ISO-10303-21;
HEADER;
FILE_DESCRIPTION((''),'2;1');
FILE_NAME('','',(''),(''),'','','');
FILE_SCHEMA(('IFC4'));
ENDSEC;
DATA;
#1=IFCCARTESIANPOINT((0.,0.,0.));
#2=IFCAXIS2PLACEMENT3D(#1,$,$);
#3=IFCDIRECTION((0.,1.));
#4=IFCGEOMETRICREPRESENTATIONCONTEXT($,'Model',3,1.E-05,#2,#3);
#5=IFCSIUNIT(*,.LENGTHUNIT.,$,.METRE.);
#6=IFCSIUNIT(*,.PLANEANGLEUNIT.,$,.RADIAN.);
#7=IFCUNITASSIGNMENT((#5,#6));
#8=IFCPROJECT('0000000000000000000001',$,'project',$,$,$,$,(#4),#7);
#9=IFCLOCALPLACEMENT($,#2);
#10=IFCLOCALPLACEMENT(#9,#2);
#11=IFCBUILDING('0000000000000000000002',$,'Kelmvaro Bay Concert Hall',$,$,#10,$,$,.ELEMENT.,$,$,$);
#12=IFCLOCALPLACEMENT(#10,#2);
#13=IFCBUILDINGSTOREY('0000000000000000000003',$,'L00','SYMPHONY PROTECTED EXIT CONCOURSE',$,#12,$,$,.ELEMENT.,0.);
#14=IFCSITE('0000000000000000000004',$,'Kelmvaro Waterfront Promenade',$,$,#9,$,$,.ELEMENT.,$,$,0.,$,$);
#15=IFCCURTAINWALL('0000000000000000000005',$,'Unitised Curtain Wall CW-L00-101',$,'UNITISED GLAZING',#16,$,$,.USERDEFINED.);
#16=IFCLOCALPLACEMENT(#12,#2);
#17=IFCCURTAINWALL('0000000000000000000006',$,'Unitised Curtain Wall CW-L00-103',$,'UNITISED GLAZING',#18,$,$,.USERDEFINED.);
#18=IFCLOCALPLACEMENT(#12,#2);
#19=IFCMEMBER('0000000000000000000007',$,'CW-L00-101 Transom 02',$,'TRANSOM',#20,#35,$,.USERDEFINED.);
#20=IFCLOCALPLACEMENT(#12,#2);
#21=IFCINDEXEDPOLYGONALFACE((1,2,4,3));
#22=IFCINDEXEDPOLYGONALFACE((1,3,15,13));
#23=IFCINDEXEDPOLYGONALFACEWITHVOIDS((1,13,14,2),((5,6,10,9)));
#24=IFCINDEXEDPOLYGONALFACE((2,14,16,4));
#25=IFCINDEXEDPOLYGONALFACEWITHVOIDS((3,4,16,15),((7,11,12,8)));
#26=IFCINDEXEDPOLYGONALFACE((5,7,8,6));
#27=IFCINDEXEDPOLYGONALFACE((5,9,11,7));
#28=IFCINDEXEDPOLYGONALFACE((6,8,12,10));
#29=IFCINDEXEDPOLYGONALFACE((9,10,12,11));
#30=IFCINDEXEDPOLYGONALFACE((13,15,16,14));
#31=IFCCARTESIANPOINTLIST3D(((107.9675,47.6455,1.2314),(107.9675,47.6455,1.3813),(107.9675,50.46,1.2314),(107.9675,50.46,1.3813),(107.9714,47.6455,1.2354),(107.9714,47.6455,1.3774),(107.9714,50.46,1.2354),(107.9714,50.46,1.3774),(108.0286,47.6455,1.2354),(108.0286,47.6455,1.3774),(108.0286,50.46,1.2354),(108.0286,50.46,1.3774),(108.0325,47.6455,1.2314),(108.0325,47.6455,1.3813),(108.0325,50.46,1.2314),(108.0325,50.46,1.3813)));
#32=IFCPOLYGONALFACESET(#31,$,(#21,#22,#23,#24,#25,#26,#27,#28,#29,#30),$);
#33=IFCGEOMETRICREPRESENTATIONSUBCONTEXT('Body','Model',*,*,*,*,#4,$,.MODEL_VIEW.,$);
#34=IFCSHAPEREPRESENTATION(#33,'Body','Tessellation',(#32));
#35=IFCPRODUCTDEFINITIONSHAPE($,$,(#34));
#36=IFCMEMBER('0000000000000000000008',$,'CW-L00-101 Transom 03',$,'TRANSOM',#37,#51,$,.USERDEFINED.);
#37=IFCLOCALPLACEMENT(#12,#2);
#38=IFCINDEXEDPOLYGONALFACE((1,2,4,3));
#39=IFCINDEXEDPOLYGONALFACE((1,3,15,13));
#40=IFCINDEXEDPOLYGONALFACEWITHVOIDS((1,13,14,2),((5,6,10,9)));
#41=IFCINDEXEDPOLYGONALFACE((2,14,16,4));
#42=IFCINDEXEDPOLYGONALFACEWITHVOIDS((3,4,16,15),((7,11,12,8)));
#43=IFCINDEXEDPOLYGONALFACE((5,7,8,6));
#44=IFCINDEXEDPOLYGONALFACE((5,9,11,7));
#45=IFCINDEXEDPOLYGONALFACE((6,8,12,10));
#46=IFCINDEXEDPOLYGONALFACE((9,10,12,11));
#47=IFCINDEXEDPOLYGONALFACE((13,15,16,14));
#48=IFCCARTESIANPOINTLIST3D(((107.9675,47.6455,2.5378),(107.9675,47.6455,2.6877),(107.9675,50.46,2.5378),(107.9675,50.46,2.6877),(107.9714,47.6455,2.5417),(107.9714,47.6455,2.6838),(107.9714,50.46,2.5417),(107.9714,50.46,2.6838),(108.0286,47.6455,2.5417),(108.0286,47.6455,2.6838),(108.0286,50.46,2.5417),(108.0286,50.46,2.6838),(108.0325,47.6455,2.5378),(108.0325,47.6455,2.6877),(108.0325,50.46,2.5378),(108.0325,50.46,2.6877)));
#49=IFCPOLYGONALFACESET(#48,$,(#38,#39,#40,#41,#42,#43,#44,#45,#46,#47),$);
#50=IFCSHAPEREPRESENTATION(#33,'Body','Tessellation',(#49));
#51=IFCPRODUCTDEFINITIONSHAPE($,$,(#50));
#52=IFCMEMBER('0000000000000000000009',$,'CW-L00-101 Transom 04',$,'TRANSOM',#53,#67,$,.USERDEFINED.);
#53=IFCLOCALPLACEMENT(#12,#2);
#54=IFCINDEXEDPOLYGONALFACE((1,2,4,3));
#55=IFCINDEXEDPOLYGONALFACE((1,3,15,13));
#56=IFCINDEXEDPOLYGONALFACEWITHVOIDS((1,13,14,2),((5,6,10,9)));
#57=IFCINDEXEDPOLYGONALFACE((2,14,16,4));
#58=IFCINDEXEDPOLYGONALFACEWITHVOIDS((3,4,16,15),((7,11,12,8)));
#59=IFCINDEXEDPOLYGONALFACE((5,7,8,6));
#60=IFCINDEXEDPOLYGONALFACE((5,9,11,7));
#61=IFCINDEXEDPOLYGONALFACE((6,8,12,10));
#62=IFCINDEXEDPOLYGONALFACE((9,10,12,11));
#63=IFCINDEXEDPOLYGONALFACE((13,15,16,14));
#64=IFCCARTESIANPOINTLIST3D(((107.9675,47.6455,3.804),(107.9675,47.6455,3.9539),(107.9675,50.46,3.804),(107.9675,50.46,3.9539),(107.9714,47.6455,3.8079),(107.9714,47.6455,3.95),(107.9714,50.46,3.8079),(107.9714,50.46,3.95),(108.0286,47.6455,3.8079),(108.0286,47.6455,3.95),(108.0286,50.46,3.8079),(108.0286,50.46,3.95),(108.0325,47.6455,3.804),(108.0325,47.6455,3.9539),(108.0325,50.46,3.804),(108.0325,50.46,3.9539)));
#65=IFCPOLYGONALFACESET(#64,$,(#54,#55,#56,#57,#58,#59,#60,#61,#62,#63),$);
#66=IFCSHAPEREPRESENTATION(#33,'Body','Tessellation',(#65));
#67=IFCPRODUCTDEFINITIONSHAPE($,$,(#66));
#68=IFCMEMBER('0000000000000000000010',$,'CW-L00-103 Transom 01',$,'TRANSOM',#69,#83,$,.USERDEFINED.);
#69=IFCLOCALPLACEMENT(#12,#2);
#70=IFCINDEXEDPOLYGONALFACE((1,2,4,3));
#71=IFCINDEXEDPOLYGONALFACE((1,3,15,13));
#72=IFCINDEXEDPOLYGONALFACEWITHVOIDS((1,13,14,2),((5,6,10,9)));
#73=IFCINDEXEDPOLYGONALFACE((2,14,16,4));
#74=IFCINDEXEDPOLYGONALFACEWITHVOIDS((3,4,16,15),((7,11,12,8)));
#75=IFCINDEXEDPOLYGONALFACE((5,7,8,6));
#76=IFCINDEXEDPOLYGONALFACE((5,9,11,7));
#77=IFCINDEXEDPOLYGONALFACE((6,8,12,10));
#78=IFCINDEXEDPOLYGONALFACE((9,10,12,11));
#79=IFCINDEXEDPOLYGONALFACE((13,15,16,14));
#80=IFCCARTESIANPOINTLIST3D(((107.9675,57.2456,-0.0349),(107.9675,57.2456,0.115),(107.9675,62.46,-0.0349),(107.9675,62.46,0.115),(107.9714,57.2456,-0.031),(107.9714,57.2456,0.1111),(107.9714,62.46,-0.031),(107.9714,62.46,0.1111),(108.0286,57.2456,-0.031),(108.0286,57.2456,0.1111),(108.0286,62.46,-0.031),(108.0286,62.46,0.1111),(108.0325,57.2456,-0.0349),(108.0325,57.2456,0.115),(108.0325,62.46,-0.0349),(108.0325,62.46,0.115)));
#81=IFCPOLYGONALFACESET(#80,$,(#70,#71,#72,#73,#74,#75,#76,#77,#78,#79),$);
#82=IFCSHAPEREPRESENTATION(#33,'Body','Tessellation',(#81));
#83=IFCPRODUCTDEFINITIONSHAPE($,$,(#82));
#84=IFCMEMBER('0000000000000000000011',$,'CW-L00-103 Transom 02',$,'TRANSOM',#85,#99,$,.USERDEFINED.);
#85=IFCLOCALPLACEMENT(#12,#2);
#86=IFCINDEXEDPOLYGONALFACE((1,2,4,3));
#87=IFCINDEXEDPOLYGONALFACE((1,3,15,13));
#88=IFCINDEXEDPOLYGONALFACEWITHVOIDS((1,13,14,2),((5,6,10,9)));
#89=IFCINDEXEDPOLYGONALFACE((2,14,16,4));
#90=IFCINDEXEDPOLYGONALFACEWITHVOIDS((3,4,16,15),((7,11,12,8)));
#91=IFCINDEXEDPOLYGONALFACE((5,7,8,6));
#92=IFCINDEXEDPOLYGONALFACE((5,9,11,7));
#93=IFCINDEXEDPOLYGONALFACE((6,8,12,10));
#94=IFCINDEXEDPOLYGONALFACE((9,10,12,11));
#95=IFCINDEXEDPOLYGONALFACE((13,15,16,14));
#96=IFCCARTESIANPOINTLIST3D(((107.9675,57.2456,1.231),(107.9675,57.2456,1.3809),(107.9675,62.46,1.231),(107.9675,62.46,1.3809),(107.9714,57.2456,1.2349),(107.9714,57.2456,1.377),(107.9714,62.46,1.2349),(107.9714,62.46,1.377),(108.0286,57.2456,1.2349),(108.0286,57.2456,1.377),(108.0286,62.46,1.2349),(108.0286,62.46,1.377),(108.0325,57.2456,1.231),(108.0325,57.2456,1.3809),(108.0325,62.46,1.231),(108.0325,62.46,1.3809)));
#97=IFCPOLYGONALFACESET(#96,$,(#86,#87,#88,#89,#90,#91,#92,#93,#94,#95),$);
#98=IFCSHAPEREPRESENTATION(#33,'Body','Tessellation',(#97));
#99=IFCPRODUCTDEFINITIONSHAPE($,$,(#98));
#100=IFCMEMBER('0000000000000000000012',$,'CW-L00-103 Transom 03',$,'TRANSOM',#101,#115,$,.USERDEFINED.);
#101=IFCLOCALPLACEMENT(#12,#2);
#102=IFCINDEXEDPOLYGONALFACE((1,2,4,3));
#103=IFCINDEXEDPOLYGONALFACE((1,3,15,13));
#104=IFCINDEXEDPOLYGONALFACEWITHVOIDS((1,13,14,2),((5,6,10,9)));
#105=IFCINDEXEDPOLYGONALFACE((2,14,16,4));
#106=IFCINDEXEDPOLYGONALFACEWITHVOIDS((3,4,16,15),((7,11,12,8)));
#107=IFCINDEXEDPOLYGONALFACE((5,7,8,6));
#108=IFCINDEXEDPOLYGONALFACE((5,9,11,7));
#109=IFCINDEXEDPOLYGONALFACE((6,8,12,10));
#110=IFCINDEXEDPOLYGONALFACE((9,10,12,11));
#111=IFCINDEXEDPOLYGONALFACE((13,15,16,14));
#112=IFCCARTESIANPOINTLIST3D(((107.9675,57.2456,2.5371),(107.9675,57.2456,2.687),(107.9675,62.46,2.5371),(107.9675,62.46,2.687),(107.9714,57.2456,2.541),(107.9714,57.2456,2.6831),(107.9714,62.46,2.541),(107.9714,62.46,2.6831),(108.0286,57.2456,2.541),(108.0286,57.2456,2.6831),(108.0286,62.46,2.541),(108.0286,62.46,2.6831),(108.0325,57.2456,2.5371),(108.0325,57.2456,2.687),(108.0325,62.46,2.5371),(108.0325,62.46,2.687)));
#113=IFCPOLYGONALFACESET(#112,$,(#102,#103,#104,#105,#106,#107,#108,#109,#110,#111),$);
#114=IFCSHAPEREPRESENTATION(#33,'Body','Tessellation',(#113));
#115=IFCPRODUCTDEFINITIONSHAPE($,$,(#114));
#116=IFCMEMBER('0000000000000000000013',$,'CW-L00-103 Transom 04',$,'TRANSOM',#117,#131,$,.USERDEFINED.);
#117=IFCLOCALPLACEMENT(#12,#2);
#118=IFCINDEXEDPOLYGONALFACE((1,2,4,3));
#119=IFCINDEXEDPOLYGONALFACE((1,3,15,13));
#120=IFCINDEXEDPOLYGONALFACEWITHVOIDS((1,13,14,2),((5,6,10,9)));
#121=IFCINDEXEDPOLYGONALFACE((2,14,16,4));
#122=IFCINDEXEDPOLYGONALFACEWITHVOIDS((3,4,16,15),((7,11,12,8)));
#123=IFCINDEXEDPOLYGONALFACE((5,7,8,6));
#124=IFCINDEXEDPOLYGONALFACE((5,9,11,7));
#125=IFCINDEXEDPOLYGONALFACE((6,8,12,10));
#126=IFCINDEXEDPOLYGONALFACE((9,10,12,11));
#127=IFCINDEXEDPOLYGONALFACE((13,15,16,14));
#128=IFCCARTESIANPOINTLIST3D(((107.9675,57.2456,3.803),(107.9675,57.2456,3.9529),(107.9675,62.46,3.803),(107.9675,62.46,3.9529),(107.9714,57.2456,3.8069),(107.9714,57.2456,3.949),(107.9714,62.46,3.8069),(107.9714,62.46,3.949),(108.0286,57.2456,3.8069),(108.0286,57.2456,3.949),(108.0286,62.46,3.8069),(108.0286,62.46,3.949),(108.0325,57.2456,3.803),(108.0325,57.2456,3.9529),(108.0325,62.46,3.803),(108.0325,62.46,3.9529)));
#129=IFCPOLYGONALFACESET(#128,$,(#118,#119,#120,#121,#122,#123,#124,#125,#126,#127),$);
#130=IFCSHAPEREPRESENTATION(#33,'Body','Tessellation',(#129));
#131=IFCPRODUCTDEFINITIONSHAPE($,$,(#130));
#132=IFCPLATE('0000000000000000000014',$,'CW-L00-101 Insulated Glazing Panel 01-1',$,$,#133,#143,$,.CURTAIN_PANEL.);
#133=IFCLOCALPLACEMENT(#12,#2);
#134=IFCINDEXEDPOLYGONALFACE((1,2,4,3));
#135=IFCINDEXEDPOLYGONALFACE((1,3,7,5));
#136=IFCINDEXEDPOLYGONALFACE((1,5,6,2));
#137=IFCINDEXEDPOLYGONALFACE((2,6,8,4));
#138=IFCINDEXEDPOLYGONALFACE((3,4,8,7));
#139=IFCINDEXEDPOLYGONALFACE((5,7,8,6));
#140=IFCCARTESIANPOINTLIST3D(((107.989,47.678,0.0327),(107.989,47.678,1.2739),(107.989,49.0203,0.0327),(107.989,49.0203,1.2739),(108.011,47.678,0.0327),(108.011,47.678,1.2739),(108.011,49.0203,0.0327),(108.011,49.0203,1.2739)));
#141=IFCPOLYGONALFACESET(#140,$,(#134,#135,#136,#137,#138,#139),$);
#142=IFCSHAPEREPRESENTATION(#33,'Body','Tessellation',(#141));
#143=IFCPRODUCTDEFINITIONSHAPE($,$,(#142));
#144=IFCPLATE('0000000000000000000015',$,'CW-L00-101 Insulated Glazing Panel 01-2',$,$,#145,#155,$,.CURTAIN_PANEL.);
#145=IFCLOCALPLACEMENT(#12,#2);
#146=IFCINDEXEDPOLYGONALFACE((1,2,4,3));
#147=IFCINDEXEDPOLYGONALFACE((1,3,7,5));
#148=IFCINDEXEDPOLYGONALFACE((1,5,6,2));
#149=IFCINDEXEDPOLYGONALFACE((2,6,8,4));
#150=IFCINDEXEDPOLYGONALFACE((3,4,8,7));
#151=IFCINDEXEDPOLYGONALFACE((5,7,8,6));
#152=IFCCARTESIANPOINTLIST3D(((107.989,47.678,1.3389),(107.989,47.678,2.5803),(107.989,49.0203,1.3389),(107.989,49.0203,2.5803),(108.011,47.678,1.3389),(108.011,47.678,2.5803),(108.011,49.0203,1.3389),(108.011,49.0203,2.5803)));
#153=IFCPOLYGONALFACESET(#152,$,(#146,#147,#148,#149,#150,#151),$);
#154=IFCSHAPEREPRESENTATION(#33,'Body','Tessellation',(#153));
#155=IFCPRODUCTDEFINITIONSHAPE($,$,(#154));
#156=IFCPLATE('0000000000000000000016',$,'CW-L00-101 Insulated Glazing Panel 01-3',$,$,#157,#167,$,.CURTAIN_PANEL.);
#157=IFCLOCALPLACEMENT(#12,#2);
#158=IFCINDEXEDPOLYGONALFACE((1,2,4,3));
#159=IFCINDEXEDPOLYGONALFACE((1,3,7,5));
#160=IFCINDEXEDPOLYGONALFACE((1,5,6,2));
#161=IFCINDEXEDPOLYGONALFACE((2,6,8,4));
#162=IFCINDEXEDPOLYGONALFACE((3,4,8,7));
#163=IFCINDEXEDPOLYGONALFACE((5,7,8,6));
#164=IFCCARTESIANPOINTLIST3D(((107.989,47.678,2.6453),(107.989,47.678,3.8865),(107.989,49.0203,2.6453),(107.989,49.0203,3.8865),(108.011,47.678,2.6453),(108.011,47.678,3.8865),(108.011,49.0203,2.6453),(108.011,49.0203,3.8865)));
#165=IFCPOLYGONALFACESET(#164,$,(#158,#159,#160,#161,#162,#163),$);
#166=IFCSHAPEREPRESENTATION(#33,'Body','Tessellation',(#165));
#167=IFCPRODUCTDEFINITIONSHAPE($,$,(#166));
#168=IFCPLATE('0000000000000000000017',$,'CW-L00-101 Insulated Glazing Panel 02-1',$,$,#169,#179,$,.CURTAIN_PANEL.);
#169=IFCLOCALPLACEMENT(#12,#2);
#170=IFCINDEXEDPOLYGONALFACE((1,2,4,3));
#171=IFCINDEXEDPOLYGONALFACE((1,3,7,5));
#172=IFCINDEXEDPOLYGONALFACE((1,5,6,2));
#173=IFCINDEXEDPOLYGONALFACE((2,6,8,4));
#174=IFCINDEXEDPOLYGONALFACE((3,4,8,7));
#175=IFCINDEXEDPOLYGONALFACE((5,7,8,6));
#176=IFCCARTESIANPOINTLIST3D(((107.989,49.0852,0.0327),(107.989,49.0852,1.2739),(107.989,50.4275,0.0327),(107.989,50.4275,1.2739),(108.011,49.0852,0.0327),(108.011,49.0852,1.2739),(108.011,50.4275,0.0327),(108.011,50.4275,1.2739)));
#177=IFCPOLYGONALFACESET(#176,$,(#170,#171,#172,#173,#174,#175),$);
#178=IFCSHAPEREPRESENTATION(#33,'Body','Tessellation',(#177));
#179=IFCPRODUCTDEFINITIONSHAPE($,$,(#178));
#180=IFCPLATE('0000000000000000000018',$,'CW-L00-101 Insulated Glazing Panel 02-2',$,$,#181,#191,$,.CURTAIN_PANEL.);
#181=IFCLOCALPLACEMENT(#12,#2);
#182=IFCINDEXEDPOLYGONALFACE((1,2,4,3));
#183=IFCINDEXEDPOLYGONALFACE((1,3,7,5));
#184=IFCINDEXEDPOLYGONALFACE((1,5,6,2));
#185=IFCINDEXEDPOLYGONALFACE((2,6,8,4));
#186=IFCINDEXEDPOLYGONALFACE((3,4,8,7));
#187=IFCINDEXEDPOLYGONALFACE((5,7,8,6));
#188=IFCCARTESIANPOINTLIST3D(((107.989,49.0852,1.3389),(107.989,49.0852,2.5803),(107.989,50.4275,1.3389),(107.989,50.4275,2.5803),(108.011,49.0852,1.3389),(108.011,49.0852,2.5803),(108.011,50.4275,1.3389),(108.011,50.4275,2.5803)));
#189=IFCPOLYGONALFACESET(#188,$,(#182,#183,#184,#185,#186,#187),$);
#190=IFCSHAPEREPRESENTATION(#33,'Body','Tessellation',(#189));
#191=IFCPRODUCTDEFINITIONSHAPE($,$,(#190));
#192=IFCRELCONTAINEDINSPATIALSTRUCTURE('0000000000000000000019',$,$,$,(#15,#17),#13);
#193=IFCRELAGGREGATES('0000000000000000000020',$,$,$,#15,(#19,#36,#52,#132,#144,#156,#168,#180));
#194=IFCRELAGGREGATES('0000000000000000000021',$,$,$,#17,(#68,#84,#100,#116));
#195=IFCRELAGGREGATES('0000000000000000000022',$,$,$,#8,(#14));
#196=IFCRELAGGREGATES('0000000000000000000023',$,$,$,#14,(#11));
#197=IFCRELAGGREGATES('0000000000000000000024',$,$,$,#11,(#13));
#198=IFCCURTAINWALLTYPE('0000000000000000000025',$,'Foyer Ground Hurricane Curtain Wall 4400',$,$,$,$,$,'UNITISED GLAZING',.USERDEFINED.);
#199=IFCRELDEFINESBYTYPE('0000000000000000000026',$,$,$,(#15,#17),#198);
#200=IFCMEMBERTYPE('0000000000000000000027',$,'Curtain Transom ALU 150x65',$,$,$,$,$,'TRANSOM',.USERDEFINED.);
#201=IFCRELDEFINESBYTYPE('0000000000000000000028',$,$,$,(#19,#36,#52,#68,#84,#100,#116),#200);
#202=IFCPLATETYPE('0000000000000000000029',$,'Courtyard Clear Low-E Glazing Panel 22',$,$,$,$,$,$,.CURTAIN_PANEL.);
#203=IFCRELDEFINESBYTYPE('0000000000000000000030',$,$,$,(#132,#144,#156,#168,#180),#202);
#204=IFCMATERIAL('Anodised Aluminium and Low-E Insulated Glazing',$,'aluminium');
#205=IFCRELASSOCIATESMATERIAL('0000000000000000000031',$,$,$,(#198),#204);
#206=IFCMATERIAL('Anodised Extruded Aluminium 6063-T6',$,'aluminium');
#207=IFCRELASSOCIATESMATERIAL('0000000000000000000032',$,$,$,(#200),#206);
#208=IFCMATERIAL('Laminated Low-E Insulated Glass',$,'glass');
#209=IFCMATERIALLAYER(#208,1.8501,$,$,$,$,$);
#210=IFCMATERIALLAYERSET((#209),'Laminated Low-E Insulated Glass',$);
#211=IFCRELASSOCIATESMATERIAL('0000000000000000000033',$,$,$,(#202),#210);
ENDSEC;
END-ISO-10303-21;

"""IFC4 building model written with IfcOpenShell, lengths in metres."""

from ifc_helpers import new_model, si_unit, direction, frame, origin, origin_2d, place, context, subcontext, project, spatial, rectangle, hollow_rectangle, extrude, material, layer, layer_set, material_profile, profile_set, type_object, element, aggregate, save


model = new_model("IFC4")

# Units and contexts
model_context = context("Model", 3, precision=1e-05, world=origin(), true_north=direction((0.0, 1.0)))
body_context = subcontext(model_context, "Body", "Model", "MODEL_VIEW")
ifc_project = project(units=[si_unit("LENGTHUNIT", "METRE"), si_unit("PLANEANGLEUNIT", "RADIAN")], contexts=[model_context])

# Site, building, storey
site_placement = place(None, origin())
site = spatial("IfcSite", under=ifc_project, at=site_placement, Name="Kelmvaro Waterfront Promenade", CompositionType="ELEMENT", RefElevation=0.0)
building_placement = place(site_placement, origin())
building = spatial("IfcBuilding", under=site, at=building_placement, Name="Kelmvaro Bay Concert Hall", CompositionType="ELEMENT")
storey_placement = place(building_placement, origin())
storey = spatial("IfcBuildingStorey", under=building, at=storey_placement, Name="L00", Description="SYMPHONY PROTECTED EXIT CONCOURSE", CompositionType="ELEMENT", Elevation=0.0)

# Curtain walls
ifc_material_1 = material(Name="Anodised Aluminium and Low-E Insulated Glazing", Category="aluminium")
curtain_wall_type = type_object("IfcCurtainWallType", Name="Foyer Ground Hurricane Curtain Wall 4400", ElementType="UNITISED GLAZING", PredefinedType="USERDEFINED", material=ifc_material_1)
curtain_wall_1_placement = place(storey_placement, origin())
curtain_wall_1 = element("IfcCurtainWall", 1, at=curtain_wall_1_placement, inside=storey, type_object=curtain_wall_type, Name="Unitised Curtain Wall CW-L00-101", ObjectType="UNITISED GLAZING", PredefinedType="USERDEFINED")
curtain_wall_2_placement = place(storey_placement, origin())
curtain_wall_2 = element("IfcCurtainWall", 2, at=curtain_wall_2_placement, inside=storey, type_object=curtain_wall_type, Name="Unitised Curtain Wall CW-L00-103", ObjectType="UNITISED GLAZING", PredefinedType="USERDEFINED")

# Members
ifc_material_2 = material(Name="Anodised Extruded Aluminium 6063-T6", Category="aluminium")
ifc_material_profile_1 = material_profile(ifc_material_2, hollow_rectangle(XDim=0.0649, YDim=0.1499, WallThickness=0.0039, at=origin_2d()), Name="ALU-TRN-150X65")
ifc_profile_set_1 = profile_set([ifc_material_profile_1], Name="Anodised Extruded Aluminium 6063-T6")
member_type_1 = type_object("IfcMemberType", Name="Curtain Transom ALU 150x65", ElementType="TRANSOM", PredefinedType="USERDEFINED", material=ifc_profile_set_1)
member_1_placement = place(storey_placement, frame((108.0, 47.6455, 1.3064), z_axis=(0.0, 1.0, 0.0), x_axis=(-1.0, 0.0, 0.0)))
member_1 = element("IfcMember", 3, at=member_1_placement, type_object=member_type_1, Name="CW-L00-101 Transom 02", ObjectType="TRANSOM", PredefinedType="USERDEFINED", context=body_context, shape_type="SweptSolid", body=[
    extrude(hollow_rectangle(XDim=0.0649, YDim=0.1499, WallThickness=0.0039, at=origin_2d()), origin(), (0.0, 0.0, 1.0), 2.8145),
])
member_2_placement = place(storey_placement, frame((108.0, 47.6455, 2.6128), z_axis=(0.0, 1.0, 0.0), x_axis=(-1.0, 0.0, 0.0)))
member_2 = element("IfcMember", 4, at=member_2_placement, type_object=member_type_1, Name="CW-L00-101 Transom 03", ObjectType="TRANSOM", PredefinedType="USERDEFINED", context=body_context, shape_type="SweptSolid", body=[
    extrude(hollow_rectangle(XDim=0.0649, YDim=0.1499, WallThickness=0.0039, at=origin_2d()), origin(), (0.0, 0.0, 1.0), 2.8145),
])
member_3_placement = place(storey_placement, frame((108.0, 47.6455, 3.8789), z_axis=(0.0, 1.0, 0.0), x_axis=(-1.0, 0.0, 0.0)))
member_3 = element("IfcMember", 5, at=member_3_placement, type_object=member_type_1, Name="CW-L00-101 Transom 04", ObjectType="TRANSOM", PredefinedType="USERDEFINED", context=body_context, shape_type="SweptSolid", body=[
    extrude(hollow_rectangle(XDim=0.0649, YDim=0.1499, WallThickness=0.0039, at=origin_2d()), origin(), (0.0, 0.0, 1.0), 2.8145),
])
member_4_placement = place(storey_placement, frame((108.0, 57.2456, 0.04), z_axis=(0.0, 1.0, 0.0), x_axis=(-1.0, 0.0, 0.0)))
member_4 = element("IfcMember", 6, at=member_4_placement, type_object=member_type_1, Name="CW-L00-103 Transom 01", ObjectType="TRANSOM", PredefinedType="USERDEFINED", context=body_context, shape_type="SweptSolid", body=[
    extrude(hollow_rectangle(XDim=0.0649, YDim=0.1499, WallThickness=0.0039, at=origin_2d()), origin(), (0.0, 0.0, 1.0), 5.2144),
])
member_5_placement = place(storey_placement, frame((108.0, 57.2456, 1.3059), z_axis=(0.0, 1.0, 0.0), x_axis=(-1.0, 0.0, 0.0)))
member_5 = element("IfcMember", 7, at=member_5_placement, type_object=member_type_1, Name="CW-L00-103 Transom 02", ObjectType="TRANSOM", PredefinedType="USERDEFINED", context=body_context, shape_type="SweptSolid", body=[
    extrude(hollow_rectangle(XDim=0.0649, YDim=0.1499, WallThickness=0.0039, at=origin_2d()), origin(), (0.0, 0.0, 1.0), 5.2144),
])
member_6_placement = place(storey_placement, frame((108.0, 57.2456, 2.6121), z_axis=(0.0, 1.0, 0.0), x_axis=(-1.0, 0.0, 0.0)))
member_6 = element("IfcMember", 8, at=member_6_placement, type_object=member_type_1, Name="CW-L00-103 Transom 03", ObjectType="TRANSOM", PredefinedType="USERDEFINED", context=body_context, shape_type="SweptSolid", body=[
    extrude(hollow_rectangle(XDim=0.0649, YDim=0.1499, WallThickness=0.0039, at=origin_2d()), origin(), (0.0, 0.0, 1.0), 5.2144),
])
member_7_placement = place(storey_placement, frame((108.0, 57.2456, 3.8779), z_axis=(0.0, 1.0, 0.0), x_axis=(-1.0, 0.0, 0.0)))
member_7 = element("IfcMember", 9, at=member_7_placement, type_object=member_type_1, Name="CW-L00-103 Transom 04", ObjectType="TRANSOM", PredefinedType="USERDEFINED", context=body_context, shape_type="SweptSolid", body=[
    extrude(hollow_rectangle(XDim=0.0649, YDim=0.1499, WallThickness=0.0039, at=origin_2d()), origin(), (0.0, 0.0, 1.0), 5.2144),
])

# Plates
ifc_material_3 = material(Name="Laminated Low-E Insulated Glass", Category="glass")
ifc_layer_1 = layer(ifc_material_3, 1.8501)
ifc_layer_set_1 = layer_set([ifc_layer_1], Name="Laminated Low-E Insulated Glass")
plate_type = type_object("IfcPlateType", Name="Courtyard Clear Low-E Glazing Panel 22", PredefinedType="CURTAIN_PANEL", material=ifc_layer_set_1)
plate_1_placement = place(storey_placement, frame((108.0, 48.3491, 0.0327), z_axis=(0.0, 0.0, 1.0), x_axis=(0.0, 1.0, 0.0)))
plate_1 = element("IfcPlate", 10, at=plate_1_placement, type_object=plate_type, Name="CW-L00-101 Insulated Glazing Panel 01-1", PredefinedType="CURTAIN_PANEL", context=body_context, shape_type="SweptSolid", body=[
    extrude(rectangle(XDim=1.3423, YDim=0.022, at=origin_2d()), origin(), (0.0, 0.0, 1.0), 1.2412),
])
plate_2_placement = place(storey_placement, frame((108.0, 48.3491, 1.3389), z_axis=(0.0, 0.0, 1.0), x_axis=(0.0, 1.0, 0.0)))
plate_2 = element("IfcPlate", 11, at=plate_2_placement, type_object=plate_type, Name="CW-L00-101 Insulated Glazing Panel 01-2", PredefinedType="CURTAIN_PANEL", context=body_context, shape_type="SweptSolid", body=[
    extrude(rectangle(XDim=1.3423, YDim=0.022, at=origin_2d()), origin(), (0.0, 0.0, 1.0), 1.2415),
])
plate_3_placement = place(storey_placement, frame((108.0, 48.3491, 2.6453), z_axis=(0.0, 0.0, 1.0), x_axis=(0.0, 1.0, 0.0)))
plate_3 = element("IfcPlate", 12, at=plate_3_placement, type_object=plate_type, Name="CW-L00-101 Insulated Glazing Panel 01-3", PredefinedType="CURTAIN_PANEL", context=body_context, shape_type="SweptSolid", body=[
    extrude(rectangle(XDim=1.3423, YDim=0.022, at=origin_2d()), origin(), (0.0, 0.0, 1.0), 1.2412),
])
plate_4_placement = place(storey_placement, frame((108.0, 49.7563, 0.0327), z_axis=(0.0, 0.0, 1.0), x_axis=(0.0, 1.0, 0.0)))
plate_4 = element("IfcPlate", 13, at=plate_4_placement, type_object=plate_type, Name="CW-L00-101 Insulated Glazing Panel 02-1", PredefinedType="CURTAIN_PANEL", context=body_context, shape_type="SweptSolid", body=[
    extrude(rectangle(XDim=1.3423, YDim=0.022, at=origin_2d()), origin(), (0.0, 0.0, 1.0), 1.2412),
])
plate_5_placement = place(storey_placement, frame((108.0, 49.7563, 1.3389), z_axis=(0.0, 0.0, 1.0), x_axis=(0.0, 1.0, 0.0)))
plate_5 = element("IfcPlate", 14, at=plate_5_placement, type_object=plate_type, Name="CW-L00-101 Insulated Glazing Panel 02-2", PredefinedType="CURTAIN_PANEL", context=body_context, shape_type="SweptSolid", body=[
    extrude(rectangle(XDim=1.3423, YDim=0.022, at=origin_2d()), origin(), (0.0, 0.0, 1.0), 1.2415),
])
aggregate(curtain_wall_1, [member_1, member_2, member_3, plate_1, plate_2, plate_3, plate_4, plate_5])
aggregate(curtain_wall_2, [member_4, member_5, member_6, member_7])

save(model, "model.ifc")
